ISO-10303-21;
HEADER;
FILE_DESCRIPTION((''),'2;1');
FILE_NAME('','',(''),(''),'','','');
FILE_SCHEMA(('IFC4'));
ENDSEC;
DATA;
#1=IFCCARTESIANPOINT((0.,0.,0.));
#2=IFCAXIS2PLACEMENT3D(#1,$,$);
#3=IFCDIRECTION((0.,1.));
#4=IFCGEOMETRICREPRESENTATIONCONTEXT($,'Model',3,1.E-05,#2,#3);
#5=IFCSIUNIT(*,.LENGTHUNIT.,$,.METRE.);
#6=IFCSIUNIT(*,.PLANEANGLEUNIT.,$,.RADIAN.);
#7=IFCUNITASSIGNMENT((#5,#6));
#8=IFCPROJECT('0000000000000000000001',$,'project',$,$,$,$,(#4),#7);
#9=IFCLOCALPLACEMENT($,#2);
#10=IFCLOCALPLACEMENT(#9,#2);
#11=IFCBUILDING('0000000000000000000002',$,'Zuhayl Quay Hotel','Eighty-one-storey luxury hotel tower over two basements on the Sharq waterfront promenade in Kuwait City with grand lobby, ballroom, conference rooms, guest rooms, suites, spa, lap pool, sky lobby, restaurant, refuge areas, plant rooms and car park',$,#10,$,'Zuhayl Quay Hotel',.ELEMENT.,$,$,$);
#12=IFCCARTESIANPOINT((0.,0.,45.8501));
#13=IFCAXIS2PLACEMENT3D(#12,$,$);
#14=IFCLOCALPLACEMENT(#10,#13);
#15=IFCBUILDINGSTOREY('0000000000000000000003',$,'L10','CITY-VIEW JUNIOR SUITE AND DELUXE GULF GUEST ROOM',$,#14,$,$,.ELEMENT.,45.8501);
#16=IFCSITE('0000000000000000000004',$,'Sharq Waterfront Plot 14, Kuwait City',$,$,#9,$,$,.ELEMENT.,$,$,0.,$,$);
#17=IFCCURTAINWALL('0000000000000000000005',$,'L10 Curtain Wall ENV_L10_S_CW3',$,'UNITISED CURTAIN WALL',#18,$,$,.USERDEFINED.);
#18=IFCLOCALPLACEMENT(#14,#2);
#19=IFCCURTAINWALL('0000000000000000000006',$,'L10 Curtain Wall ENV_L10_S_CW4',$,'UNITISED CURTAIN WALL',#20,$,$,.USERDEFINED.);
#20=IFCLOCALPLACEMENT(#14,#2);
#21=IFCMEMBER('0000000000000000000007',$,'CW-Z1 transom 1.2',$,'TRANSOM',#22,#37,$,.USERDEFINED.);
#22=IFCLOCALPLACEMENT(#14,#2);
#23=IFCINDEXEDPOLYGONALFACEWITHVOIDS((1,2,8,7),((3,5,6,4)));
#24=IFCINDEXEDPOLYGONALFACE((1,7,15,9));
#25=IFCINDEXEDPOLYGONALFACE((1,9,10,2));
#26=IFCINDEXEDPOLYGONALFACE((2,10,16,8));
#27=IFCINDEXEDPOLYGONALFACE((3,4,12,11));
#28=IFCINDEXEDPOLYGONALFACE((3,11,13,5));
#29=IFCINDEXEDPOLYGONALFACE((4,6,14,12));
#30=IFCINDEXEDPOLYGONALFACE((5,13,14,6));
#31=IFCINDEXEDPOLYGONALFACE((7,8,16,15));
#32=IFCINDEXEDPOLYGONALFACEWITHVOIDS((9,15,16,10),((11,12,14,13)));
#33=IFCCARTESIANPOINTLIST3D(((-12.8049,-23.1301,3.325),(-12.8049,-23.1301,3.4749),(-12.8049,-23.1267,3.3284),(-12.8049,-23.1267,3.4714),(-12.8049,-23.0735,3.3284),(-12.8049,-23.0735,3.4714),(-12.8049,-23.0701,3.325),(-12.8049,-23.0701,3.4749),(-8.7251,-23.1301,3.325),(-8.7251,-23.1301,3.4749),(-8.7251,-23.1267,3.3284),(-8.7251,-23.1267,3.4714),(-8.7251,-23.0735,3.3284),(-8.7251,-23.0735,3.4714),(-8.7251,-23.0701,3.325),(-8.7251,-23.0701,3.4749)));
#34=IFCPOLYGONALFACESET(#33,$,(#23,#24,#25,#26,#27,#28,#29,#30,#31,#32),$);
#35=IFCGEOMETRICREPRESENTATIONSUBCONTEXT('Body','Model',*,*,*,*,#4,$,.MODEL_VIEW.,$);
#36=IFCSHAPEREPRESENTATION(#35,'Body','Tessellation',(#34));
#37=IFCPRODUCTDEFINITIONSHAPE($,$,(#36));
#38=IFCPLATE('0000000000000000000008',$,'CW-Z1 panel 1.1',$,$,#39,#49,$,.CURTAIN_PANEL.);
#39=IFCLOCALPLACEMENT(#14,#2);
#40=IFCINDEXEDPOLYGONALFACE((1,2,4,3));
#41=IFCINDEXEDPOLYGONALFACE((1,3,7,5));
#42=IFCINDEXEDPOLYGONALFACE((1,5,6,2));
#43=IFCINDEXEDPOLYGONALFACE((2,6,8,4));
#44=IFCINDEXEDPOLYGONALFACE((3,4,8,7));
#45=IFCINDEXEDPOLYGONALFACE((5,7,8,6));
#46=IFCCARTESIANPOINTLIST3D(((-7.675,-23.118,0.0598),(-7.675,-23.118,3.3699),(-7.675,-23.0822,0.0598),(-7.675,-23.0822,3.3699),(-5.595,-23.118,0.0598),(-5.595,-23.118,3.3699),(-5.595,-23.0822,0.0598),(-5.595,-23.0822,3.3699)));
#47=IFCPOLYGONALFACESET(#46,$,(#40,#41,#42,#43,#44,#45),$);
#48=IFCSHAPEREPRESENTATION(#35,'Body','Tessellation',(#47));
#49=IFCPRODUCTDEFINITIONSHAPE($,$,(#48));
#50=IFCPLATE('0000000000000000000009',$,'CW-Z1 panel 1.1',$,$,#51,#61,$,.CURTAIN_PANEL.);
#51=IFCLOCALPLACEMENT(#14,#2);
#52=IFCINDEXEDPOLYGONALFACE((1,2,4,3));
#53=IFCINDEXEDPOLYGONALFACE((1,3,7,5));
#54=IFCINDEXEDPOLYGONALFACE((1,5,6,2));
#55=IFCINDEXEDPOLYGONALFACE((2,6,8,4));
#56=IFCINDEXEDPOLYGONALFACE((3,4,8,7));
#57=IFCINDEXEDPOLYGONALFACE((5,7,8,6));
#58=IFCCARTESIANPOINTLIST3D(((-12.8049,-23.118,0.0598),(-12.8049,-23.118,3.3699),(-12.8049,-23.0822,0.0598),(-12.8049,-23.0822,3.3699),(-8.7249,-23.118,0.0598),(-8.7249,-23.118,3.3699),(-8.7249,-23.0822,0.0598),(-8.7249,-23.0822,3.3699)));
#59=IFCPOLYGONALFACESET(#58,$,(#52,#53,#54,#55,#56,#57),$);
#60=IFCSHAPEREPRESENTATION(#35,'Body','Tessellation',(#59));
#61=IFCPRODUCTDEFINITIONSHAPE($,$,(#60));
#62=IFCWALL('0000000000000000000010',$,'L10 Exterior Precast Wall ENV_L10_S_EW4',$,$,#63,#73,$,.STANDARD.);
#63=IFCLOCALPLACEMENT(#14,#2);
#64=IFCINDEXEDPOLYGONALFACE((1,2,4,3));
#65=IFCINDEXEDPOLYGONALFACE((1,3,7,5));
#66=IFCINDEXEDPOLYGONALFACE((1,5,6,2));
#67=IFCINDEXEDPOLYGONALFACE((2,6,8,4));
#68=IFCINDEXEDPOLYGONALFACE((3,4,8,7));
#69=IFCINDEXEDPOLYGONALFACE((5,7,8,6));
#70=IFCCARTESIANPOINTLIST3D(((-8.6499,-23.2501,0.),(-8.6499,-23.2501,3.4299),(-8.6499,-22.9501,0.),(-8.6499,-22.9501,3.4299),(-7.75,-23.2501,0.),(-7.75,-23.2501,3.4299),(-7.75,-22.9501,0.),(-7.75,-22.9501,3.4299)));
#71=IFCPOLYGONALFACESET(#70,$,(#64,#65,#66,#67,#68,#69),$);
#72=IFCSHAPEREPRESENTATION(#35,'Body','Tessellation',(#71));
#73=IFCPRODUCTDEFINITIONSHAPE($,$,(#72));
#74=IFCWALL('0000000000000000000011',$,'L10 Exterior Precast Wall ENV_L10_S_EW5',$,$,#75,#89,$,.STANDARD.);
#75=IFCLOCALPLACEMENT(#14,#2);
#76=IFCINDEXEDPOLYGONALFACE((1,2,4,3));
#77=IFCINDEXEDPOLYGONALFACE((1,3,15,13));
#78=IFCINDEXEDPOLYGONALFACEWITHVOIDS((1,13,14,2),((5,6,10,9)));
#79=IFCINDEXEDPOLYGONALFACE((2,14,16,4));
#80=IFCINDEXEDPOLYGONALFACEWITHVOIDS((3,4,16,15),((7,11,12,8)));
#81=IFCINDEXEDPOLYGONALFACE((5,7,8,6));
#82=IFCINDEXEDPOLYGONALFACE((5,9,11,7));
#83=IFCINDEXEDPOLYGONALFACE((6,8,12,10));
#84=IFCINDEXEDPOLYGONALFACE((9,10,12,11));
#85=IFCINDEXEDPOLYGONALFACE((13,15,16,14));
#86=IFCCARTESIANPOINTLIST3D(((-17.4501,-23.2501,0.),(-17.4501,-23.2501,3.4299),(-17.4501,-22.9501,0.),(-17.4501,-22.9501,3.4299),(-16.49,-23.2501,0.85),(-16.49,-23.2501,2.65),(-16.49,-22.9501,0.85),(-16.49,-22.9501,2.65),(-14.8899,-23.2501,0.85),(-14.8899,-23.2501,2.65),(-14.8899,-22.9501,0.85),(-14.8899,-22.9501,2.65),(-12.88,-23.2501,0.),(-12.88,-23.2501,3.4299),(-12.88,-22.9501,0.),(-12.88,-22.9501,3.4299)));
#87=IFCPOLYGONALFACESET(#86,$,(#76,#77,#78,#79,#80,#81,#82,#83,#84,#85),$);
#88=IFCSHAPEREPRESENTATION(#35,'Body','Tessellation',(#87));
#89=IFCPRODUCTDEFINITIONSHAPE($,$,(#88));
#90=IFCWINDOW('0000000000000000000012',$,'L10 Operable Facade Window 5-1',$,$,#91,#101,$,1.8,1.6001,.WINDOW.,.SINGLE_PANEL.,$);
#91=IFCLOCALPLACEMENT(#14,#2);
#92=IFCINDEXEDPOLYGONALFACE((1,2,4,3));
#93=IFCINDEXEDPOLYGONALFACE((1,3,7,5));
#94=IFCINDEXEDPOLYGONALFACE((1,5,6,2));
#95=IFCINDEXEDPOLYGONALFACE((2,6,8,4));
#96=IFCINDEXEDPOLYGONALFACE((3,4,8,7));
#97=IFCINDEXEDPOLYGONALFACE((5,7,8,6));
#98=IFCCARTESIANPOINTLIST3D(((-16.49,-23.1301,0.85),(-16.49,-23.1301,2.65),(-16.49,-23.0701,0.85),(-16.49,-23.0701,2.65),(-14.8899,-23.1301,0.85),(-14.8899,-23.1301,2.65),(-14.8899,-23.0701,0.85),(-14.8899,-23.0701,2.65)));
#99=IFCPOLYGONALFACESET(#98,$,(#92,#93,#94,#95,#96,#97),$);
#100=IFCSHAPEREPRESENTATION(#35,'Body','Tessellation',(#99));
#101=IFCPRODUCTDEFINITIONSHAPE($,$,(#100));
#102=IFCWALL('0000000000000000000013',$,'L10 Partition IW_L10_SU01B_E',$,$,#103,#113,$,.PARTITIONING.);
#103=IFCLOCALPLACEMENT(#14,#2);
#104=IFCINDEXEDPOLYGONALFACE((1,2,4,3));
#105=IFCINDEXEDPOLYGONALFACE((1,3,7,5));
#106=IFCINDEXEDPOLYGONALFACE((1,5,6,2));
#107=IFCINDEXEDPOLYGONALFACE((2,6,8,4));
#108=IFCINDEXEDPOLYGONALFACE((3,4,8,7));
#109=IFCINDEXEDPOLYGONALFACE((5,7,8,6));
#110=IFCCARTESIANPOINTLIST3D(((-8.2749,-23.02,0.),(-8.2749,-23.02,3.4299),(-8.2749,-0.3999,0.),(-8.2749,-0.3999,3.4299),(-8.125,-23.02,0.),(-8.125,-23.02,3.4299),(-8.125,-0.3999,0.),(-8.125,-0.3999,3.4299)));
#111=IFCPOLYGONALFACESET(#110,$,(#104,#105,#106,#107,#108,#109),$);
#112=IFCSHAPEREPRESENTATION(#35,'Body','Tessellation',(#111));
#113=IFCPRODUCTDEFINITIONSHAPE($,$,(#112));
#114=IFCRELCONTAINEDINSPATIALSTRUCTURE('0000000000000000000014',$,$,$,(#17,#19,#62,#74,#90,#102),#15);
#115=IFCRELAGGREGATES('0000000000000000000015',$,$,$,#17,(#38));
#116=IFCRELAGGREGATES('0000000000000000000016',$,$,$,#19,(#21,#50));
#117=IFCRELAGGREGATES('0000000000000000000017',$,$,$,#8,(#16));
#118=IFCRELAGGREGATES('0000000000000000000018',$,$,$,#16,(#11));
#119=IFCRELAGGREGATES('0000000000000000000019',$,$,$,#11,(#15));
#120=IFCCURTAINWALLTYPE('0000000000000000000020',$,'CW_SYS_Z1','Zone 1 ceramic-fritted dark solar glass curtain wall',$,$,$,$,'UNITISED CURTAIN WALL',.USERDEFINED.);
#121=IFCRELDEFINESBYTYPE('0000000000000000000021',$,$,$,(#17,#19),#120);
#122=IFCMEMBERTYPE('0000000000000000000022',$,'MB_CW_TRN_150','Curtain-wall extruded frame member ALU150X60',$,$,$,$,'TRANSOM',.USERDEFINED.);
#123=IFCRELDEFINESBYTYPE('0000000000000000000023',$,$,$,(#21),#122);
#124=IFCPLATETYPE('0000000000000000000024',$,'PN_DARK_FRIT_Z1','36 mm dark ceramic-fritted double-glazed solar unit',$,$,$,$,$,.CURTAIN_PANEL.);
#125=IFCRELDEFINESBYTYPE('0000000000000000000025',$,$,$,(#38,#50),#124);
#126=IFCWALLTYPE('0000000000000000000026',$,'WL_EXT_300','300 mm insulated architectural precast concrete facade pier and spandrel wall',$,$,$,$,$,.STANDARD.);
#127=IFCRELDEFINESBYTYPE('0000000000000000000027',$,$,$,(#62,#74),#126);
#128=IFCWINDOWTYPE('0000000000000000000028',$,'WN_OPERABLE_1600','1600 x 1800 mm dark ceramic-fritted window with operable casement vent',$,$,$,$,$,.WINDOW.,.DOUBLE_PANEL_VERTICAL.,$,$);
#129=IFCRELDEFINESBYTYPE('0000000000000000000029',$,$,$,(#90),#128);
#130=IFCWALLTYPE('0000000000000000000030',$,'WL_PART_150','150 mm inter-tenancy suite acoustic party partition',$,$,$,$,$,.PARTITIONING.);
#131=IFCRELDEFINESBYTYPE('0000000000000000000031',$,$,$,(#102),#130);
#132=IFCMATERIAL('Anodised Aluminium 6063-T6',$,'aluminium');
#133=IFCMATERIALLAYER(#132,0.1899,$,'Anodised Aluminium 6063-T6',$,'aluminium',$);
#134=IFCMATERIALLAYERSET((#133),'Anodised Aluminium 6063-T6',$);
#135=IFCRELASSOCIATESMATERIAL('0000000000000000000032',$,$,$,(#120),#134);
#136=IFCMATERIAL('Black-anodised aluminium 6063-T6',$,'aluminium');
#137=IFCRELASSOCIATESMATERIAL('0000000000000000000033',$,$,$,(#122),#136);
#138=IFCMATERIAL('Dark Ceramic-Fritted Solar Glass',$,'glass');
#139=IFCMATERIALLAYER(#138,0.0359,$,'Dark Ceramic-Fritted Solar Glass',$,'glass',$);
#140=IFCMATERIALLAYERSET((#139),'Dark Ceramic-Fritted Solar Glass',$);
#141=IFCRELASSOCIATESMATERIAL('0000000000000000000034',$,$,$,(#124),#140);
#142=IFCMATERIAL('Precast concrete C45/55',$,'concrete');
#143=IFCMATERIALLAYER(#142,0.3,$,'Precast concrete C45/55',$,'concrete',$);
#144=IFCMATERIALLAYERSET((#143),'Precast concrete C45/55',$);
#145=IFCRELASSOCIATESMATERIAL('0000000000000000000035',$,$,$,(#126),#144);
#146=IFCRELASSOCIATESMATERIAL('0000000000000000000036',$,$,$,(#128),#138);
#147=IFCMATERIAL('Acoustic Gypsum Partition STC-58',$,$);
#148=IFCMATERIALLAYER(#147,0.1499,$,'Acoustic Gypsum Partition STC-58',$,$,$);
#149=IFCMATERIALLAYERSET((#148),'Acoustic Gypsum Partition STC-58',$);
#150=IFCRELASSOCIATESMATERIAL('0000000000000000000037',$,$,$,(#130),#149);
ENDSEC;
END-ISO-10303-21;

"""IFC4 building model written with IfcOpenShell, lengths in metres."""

from ifc_helpers import new_model, si_unit, direction, frame, frame_2d, origin, origin_2d, place, context, subcontext, project, spatial, rectangle, hollow_rectangle, extrude, material, layer, layer_set, material_profile, profile_set, type_object, element, fill, aggregate, save


model = new_model("IFC4")

# Units and contexts
model_context = context("Model", 3, precision=1e-05, world=origin(), true_north=direction((0.0, 1.0)))
body_context = subcontext(model_context, "Body", "Model", "MODEL_VIEW")
ifc_project = project(units=[si_unit("LENGTHUNIT", "METRE"), si_unit("PLANEANGLEUNIT", "RADIAN")], contexts=[model_context])

# Site, building, storey
site_placement = place(None, origin())
site = spatial("IfcSite", under=ifc_project, at=site_placement, Name="Sharq Waterfront Plot 14, Kuwait City", CompositionType="ELEMENT", RefElevation=0.0)
building_placement = place(site_placement, origin())
building = spatial("IfcBuilding", under=site, at=building_placement, Name="Zuhayl Quay Hotel", Description="Eighty-one-storey luxury hotel tower over two basements on the Sharq waterfront promenade in Kuwait City with grand lobby, ballroom, conference rooms, guest rooms, suites, spa, lap pool, sky lobby, restaurant, refuge areas, plant rooms and car park", LongName="Zuhayl Quay Hotel", CompositionType="ELEMENT")
storey_placement = place(building_placement, frame((0.0, 0.0, 45.8501)))
storey = spatial("IfcBuildingStorey", under=building, at=storey_placement, Name="L10", Description="CITY-VIEW JUNIOR SUITE AND DELUXE GULF GUEST ROOM", CompositionType="ELEMENT", Elevation=45.8501)

# Curtain walls
ifc_material_1 = material(Name="Anodised Aluminium 6063-T6", Category="aluminium")
ifc_layer_1 = layer(ifc_material_1, 0.1899, Name="Anodised Aluminium 6063-T6", Category="aluminium")
ifc_layer_set_1 = layer_set([ifc_layer_1], Name="Anodised Aluminium 6063-T6")
curtain_wall_type = type_object("IfcCurtainWallType", Name="CW_SYS_Z1", Description="Zone 1 ceramic-fritted dark solar glass curtain wall", ElementType="UNITISED CURTAIN WALL", PredefinedType="USERDEFINED", material=ifc_layer_set_1)
curtain_wall_1_placement = place(storey_placement, origin())
curtain_wall_1 = element("IfcCurtainWall", 1, at=curtain_wall_1_placement, inside=storey, type_object=curtain_wall_type, Name="L10 Curtain Wall ENV_L10_S_CW3", ObjectType="UNITISED CURTAIN WALL", PredefinedType="USERDEFINED")
ifc_material_2 = material(Name="Black-anodised aluminium 6063-T6", Category="aluminium")
curtain_wall_2_placement = place(storey_placement, origin())
curtain_wall_2 = element("IfcCurtainWall", 2, at=curtain_wall_2_placement, inside=storey, type_object=curtain_wall_type, Name="L10 Curtain Wall ENV_L10_S_CW4", ObjectType="UNITISED CURTAIN WALL", PredefinedType="USERDEFINED")

# Member
ifc_material_profile_1 = material_profile(ifc_material_2, hollow_rectangle(XDim=0.0601, YDim=0.1499, WallThickness=0.0034, at=origin_2d()), Name="ALU150X60")
ifc_profile_set_1 = profile_set([ifc_material_profile_1], Name="Black-anodised aluminium 6063-T6")
member_type_1 = type_object("IfcMemberType", Name="MB_CW_TRN_150", Description="Curtain-wall extruded frame member ALU150X60", ElementType="TRANSOM", PredefinedType="USERDEFINED", material=ifc_profile_set_1)
member_1_placement = place(storey_placement, frame((-8.7251, -23.1001, 3.3999), z_axis=(-1.0, 0.0, 0.0), x_axis=(0.0, -1.0, 0.0)))
member_1 = element("IfcMember", 3, at=member_1_placement, type_object=member_type_1, Name="CW-Z1 transom 1.2", ObjectType="TRANSOM", PredefinedType="USERDEFINED", context=body_context, shape_type="SweptSolid", body=[
    extrude(hollow_rectangle(XDim=0.0601, YDim=0.1499, WallThickness=0.0034, at=origin_2d()), origin(), (0.0, 0.0, 1.0), 4.0798),
])

# Plates
ifc_material_3 = material(Name="Dark Ceramic-Fritted Solar Glass", Category="glass")
ifc_layer_2 = layer(ifc_material_3, 0.0359, Name="Dark Ceramic-Fritted Solar Glass", Category="glass")
ifc_layer_set_2 = layer_set([ifc_layer_2], Name="Dark Ceramic-Fritted Solar Glass")
plate_type = type_object("IfcPlateType", Name="PN_DARK_FRIT_Z1", Description="36 mm dark ceramic-fritted double-glazed solar unit", PredefinedType="CURTAIN_PANEL", material=ifc_layer_set_2)
plate_1_placement = place(storey_placement, frame((-6.635, -23.1001, 0.0598), z_axis=(0.0, 0.0, 1.0), x_axis=(-1.0, 0.0, 0.0)))
plate_1 = element("IfcPlate", 4, at=plate_1_placement, type_object=plate_type, Name="CW-Z1 panel 1.1", PredefinedType="CURTAIN_PANEL", context=body_context, shape_type="SweptSolid", body=[
    extrude(rectangle(XDim=2.0801, YDim=0.0359, at=origin_2d()), origin(), (0.0, 0.0, 1.0), 3.3101),
])
aggregate(curtain_wall_1, [plate_1])
plate_2_placement = place(storey_placement, frame((-10.7649, -23.1001, 0.0598), z_axis=(0.0, 0.0, 1.0), x_axis=(-1.0, 0.0, 0.0)))
plate_2 = element("IfcPlate", 5, at=plate_2_placement, type_object=plate_type, Name="CW-Z1 panel 1.1", PredefinedType="CURTAIN_PANEL", context=body_context, shape_type="SweptSolid", body=[
    extrude(rectangle(XDim=4.0801, YDim=0.0359, at=origin_2d()), origin(), (0.0, 0.0, 1.0), 3.3101),
])
aggregate(curtain_wall_2, [member_1, plate_2])

# Wall
ifc_material_4 = material(Name="Precast concrete C45/55", Category="concrete")
ifc_layer_3 = layer(ifc_material_4, 0.3, Name="Precast concrete C45/55", Category="concrete")
ifc_layer_set_3 = layer_set([ifc_layer_3], Name="Precast concrete C45/55")
wall_type_1 = type_object("IfcWallType", Name="WL_EXT_300", Description="300 mm insulated architectural precast concrete facade pier and spandrel wall", PredefinedType="STANDARD", material=ifc_layer_set_3)
wall_1_placement = place(storey_placement, frame((-7.75, -23.1001, 0.0), z_axis=(0.0, 0.0, 1.0), x_axis=(-1.0, 0.0, 0.0)))
element("IfcWall", 6, at=wall_1_placement, inside=storey, type_object=wall_type_1, Name="L10 Exterior Precast Wall ENV_L10_S_EW4", PredefinedType="STANDARD", context=body_context, shape_type="SweptSolid", body=[
    extrude(rectangle(XDim=0.8999, YDim=0.3, at=frame_2d((0.45, 0.0))), origin(), (0.0, 0.0, 1.0), 3.4299),
])

# Wall, opening, window
wall_2_placement = place(storey_placement, frame((-12.8799, -23.1001, 0.0), z_axis=(0.0, 0.0, 1.0), x_axis=(-1.0, 0.0, 0.0)))
wall_2 = element("IfcWall", 7, at=wall_2_placement, inside=storey, type_object=wall_type_1, Name="L10 Exterior Precast Wall ENV_L10_S_EW5", PredefinedType="STANDARD", context=body_context, shape_type="SweptSolid", body=[
    extrude(rectangle(XDim=4.5701, YDim=0.3, at=frame_2d((2.2852, 0.0))), origin(), (0.0, 0.0, 1.0), 3.4299),
])
opening_placement = place(wall_2_placement, frame((2.01, 0.0, 0.8501)))
opening = element("IfcOpeningElement", 8, at=opening_placement, cuts=wall_2, PredefinedType="OPENING", context=body_context, shape_type="SweptSolid", body=[
    extrude(rectangle(XDim=1.6001, YDim=1.8, at=frame_2d((0.8, 0.8999))), frame((0.0, 0.1599, 0.0), z_axis=(0.0, -1.0, 0.0), x_axis=(1.0, 0.0, 0.0)), (0.0, 0.0, 1.0), 0.3201),
])
window_type = type_object("IfcWindowType", Name="WN_OPERABLE_1600", Description="1600 x 1800 mm dark ceramic-fritted window with operable casement vent", PartitioningType="DOUBLE_PANEL_VERTICAL", PredefinedType="WINDOW", material=ifc_material_3)
window_placement = place(opening_placement, origin())
window = element("IfcWindow", 9, at=window_placement, inside=storey, type_object=window_type, Name="L10 Operable Facade Window 5-1", OverallHeight=1.8, OverallWidth=1.6001, PartitioningType="SINGLE_PANEL", PredefinedType="WINDOW", context=body_context, shape_type="SweptSolid", body=[
    extrude(rectangle(XDim=1.6001, YDim=1.8, at=frame_2d((0.8, 0.8999))), frame((0.0, 0.03, 0.0), z_axis=(0.0, -1.0, 0.0), x_axis=(1.0, 0.0, 0.0)), (0.0, 0.0, 1.0), 0.0601),
])
fill(opening, window)

# Wall
ifc_material_5 = material(Name="Acoustic Gypsum Partition STC-58")
ifc_layer_4 = layer(ifc_material_5, 0.1499, Name="Acoustic Gypsum Partition STC-58")
ifc_layer_set_4 = layer_set([ifc_layer_4], Name="Acoustic Gypsum Partition STC-58")
wall_type_2 = type_object("IfcWallType", Name="WL_PART_150", Description="150 mm inter-tenancy suite acoustic party partition", PredefinedType="PARTITIONING", material=ifc_layer_set_4)
wall_3_placement = place(storey_placement, frame((-8.2, -23.02, 0.0), z_axis=(0.0, 0.0, 1.0), x_axis=(0.0, 1.0, 0.0)))
element("IfcWall", 10, at=wall_3_placement, inside=storey, type_object=wall_type_2, Name="L10 Partition IW_L10_SU01B_E", PredefinedType="PARTITIONING", context=body_context, shape_type="SweptSolid", body=[
    extrude(rectangle(XDim=22.6201, YDim=0.1499, at=frame_2d((11.3101, 0.0))), origin(), (0.0, 0.0, 1.0), 3.4299),
])

save(model, "model.ifc")
